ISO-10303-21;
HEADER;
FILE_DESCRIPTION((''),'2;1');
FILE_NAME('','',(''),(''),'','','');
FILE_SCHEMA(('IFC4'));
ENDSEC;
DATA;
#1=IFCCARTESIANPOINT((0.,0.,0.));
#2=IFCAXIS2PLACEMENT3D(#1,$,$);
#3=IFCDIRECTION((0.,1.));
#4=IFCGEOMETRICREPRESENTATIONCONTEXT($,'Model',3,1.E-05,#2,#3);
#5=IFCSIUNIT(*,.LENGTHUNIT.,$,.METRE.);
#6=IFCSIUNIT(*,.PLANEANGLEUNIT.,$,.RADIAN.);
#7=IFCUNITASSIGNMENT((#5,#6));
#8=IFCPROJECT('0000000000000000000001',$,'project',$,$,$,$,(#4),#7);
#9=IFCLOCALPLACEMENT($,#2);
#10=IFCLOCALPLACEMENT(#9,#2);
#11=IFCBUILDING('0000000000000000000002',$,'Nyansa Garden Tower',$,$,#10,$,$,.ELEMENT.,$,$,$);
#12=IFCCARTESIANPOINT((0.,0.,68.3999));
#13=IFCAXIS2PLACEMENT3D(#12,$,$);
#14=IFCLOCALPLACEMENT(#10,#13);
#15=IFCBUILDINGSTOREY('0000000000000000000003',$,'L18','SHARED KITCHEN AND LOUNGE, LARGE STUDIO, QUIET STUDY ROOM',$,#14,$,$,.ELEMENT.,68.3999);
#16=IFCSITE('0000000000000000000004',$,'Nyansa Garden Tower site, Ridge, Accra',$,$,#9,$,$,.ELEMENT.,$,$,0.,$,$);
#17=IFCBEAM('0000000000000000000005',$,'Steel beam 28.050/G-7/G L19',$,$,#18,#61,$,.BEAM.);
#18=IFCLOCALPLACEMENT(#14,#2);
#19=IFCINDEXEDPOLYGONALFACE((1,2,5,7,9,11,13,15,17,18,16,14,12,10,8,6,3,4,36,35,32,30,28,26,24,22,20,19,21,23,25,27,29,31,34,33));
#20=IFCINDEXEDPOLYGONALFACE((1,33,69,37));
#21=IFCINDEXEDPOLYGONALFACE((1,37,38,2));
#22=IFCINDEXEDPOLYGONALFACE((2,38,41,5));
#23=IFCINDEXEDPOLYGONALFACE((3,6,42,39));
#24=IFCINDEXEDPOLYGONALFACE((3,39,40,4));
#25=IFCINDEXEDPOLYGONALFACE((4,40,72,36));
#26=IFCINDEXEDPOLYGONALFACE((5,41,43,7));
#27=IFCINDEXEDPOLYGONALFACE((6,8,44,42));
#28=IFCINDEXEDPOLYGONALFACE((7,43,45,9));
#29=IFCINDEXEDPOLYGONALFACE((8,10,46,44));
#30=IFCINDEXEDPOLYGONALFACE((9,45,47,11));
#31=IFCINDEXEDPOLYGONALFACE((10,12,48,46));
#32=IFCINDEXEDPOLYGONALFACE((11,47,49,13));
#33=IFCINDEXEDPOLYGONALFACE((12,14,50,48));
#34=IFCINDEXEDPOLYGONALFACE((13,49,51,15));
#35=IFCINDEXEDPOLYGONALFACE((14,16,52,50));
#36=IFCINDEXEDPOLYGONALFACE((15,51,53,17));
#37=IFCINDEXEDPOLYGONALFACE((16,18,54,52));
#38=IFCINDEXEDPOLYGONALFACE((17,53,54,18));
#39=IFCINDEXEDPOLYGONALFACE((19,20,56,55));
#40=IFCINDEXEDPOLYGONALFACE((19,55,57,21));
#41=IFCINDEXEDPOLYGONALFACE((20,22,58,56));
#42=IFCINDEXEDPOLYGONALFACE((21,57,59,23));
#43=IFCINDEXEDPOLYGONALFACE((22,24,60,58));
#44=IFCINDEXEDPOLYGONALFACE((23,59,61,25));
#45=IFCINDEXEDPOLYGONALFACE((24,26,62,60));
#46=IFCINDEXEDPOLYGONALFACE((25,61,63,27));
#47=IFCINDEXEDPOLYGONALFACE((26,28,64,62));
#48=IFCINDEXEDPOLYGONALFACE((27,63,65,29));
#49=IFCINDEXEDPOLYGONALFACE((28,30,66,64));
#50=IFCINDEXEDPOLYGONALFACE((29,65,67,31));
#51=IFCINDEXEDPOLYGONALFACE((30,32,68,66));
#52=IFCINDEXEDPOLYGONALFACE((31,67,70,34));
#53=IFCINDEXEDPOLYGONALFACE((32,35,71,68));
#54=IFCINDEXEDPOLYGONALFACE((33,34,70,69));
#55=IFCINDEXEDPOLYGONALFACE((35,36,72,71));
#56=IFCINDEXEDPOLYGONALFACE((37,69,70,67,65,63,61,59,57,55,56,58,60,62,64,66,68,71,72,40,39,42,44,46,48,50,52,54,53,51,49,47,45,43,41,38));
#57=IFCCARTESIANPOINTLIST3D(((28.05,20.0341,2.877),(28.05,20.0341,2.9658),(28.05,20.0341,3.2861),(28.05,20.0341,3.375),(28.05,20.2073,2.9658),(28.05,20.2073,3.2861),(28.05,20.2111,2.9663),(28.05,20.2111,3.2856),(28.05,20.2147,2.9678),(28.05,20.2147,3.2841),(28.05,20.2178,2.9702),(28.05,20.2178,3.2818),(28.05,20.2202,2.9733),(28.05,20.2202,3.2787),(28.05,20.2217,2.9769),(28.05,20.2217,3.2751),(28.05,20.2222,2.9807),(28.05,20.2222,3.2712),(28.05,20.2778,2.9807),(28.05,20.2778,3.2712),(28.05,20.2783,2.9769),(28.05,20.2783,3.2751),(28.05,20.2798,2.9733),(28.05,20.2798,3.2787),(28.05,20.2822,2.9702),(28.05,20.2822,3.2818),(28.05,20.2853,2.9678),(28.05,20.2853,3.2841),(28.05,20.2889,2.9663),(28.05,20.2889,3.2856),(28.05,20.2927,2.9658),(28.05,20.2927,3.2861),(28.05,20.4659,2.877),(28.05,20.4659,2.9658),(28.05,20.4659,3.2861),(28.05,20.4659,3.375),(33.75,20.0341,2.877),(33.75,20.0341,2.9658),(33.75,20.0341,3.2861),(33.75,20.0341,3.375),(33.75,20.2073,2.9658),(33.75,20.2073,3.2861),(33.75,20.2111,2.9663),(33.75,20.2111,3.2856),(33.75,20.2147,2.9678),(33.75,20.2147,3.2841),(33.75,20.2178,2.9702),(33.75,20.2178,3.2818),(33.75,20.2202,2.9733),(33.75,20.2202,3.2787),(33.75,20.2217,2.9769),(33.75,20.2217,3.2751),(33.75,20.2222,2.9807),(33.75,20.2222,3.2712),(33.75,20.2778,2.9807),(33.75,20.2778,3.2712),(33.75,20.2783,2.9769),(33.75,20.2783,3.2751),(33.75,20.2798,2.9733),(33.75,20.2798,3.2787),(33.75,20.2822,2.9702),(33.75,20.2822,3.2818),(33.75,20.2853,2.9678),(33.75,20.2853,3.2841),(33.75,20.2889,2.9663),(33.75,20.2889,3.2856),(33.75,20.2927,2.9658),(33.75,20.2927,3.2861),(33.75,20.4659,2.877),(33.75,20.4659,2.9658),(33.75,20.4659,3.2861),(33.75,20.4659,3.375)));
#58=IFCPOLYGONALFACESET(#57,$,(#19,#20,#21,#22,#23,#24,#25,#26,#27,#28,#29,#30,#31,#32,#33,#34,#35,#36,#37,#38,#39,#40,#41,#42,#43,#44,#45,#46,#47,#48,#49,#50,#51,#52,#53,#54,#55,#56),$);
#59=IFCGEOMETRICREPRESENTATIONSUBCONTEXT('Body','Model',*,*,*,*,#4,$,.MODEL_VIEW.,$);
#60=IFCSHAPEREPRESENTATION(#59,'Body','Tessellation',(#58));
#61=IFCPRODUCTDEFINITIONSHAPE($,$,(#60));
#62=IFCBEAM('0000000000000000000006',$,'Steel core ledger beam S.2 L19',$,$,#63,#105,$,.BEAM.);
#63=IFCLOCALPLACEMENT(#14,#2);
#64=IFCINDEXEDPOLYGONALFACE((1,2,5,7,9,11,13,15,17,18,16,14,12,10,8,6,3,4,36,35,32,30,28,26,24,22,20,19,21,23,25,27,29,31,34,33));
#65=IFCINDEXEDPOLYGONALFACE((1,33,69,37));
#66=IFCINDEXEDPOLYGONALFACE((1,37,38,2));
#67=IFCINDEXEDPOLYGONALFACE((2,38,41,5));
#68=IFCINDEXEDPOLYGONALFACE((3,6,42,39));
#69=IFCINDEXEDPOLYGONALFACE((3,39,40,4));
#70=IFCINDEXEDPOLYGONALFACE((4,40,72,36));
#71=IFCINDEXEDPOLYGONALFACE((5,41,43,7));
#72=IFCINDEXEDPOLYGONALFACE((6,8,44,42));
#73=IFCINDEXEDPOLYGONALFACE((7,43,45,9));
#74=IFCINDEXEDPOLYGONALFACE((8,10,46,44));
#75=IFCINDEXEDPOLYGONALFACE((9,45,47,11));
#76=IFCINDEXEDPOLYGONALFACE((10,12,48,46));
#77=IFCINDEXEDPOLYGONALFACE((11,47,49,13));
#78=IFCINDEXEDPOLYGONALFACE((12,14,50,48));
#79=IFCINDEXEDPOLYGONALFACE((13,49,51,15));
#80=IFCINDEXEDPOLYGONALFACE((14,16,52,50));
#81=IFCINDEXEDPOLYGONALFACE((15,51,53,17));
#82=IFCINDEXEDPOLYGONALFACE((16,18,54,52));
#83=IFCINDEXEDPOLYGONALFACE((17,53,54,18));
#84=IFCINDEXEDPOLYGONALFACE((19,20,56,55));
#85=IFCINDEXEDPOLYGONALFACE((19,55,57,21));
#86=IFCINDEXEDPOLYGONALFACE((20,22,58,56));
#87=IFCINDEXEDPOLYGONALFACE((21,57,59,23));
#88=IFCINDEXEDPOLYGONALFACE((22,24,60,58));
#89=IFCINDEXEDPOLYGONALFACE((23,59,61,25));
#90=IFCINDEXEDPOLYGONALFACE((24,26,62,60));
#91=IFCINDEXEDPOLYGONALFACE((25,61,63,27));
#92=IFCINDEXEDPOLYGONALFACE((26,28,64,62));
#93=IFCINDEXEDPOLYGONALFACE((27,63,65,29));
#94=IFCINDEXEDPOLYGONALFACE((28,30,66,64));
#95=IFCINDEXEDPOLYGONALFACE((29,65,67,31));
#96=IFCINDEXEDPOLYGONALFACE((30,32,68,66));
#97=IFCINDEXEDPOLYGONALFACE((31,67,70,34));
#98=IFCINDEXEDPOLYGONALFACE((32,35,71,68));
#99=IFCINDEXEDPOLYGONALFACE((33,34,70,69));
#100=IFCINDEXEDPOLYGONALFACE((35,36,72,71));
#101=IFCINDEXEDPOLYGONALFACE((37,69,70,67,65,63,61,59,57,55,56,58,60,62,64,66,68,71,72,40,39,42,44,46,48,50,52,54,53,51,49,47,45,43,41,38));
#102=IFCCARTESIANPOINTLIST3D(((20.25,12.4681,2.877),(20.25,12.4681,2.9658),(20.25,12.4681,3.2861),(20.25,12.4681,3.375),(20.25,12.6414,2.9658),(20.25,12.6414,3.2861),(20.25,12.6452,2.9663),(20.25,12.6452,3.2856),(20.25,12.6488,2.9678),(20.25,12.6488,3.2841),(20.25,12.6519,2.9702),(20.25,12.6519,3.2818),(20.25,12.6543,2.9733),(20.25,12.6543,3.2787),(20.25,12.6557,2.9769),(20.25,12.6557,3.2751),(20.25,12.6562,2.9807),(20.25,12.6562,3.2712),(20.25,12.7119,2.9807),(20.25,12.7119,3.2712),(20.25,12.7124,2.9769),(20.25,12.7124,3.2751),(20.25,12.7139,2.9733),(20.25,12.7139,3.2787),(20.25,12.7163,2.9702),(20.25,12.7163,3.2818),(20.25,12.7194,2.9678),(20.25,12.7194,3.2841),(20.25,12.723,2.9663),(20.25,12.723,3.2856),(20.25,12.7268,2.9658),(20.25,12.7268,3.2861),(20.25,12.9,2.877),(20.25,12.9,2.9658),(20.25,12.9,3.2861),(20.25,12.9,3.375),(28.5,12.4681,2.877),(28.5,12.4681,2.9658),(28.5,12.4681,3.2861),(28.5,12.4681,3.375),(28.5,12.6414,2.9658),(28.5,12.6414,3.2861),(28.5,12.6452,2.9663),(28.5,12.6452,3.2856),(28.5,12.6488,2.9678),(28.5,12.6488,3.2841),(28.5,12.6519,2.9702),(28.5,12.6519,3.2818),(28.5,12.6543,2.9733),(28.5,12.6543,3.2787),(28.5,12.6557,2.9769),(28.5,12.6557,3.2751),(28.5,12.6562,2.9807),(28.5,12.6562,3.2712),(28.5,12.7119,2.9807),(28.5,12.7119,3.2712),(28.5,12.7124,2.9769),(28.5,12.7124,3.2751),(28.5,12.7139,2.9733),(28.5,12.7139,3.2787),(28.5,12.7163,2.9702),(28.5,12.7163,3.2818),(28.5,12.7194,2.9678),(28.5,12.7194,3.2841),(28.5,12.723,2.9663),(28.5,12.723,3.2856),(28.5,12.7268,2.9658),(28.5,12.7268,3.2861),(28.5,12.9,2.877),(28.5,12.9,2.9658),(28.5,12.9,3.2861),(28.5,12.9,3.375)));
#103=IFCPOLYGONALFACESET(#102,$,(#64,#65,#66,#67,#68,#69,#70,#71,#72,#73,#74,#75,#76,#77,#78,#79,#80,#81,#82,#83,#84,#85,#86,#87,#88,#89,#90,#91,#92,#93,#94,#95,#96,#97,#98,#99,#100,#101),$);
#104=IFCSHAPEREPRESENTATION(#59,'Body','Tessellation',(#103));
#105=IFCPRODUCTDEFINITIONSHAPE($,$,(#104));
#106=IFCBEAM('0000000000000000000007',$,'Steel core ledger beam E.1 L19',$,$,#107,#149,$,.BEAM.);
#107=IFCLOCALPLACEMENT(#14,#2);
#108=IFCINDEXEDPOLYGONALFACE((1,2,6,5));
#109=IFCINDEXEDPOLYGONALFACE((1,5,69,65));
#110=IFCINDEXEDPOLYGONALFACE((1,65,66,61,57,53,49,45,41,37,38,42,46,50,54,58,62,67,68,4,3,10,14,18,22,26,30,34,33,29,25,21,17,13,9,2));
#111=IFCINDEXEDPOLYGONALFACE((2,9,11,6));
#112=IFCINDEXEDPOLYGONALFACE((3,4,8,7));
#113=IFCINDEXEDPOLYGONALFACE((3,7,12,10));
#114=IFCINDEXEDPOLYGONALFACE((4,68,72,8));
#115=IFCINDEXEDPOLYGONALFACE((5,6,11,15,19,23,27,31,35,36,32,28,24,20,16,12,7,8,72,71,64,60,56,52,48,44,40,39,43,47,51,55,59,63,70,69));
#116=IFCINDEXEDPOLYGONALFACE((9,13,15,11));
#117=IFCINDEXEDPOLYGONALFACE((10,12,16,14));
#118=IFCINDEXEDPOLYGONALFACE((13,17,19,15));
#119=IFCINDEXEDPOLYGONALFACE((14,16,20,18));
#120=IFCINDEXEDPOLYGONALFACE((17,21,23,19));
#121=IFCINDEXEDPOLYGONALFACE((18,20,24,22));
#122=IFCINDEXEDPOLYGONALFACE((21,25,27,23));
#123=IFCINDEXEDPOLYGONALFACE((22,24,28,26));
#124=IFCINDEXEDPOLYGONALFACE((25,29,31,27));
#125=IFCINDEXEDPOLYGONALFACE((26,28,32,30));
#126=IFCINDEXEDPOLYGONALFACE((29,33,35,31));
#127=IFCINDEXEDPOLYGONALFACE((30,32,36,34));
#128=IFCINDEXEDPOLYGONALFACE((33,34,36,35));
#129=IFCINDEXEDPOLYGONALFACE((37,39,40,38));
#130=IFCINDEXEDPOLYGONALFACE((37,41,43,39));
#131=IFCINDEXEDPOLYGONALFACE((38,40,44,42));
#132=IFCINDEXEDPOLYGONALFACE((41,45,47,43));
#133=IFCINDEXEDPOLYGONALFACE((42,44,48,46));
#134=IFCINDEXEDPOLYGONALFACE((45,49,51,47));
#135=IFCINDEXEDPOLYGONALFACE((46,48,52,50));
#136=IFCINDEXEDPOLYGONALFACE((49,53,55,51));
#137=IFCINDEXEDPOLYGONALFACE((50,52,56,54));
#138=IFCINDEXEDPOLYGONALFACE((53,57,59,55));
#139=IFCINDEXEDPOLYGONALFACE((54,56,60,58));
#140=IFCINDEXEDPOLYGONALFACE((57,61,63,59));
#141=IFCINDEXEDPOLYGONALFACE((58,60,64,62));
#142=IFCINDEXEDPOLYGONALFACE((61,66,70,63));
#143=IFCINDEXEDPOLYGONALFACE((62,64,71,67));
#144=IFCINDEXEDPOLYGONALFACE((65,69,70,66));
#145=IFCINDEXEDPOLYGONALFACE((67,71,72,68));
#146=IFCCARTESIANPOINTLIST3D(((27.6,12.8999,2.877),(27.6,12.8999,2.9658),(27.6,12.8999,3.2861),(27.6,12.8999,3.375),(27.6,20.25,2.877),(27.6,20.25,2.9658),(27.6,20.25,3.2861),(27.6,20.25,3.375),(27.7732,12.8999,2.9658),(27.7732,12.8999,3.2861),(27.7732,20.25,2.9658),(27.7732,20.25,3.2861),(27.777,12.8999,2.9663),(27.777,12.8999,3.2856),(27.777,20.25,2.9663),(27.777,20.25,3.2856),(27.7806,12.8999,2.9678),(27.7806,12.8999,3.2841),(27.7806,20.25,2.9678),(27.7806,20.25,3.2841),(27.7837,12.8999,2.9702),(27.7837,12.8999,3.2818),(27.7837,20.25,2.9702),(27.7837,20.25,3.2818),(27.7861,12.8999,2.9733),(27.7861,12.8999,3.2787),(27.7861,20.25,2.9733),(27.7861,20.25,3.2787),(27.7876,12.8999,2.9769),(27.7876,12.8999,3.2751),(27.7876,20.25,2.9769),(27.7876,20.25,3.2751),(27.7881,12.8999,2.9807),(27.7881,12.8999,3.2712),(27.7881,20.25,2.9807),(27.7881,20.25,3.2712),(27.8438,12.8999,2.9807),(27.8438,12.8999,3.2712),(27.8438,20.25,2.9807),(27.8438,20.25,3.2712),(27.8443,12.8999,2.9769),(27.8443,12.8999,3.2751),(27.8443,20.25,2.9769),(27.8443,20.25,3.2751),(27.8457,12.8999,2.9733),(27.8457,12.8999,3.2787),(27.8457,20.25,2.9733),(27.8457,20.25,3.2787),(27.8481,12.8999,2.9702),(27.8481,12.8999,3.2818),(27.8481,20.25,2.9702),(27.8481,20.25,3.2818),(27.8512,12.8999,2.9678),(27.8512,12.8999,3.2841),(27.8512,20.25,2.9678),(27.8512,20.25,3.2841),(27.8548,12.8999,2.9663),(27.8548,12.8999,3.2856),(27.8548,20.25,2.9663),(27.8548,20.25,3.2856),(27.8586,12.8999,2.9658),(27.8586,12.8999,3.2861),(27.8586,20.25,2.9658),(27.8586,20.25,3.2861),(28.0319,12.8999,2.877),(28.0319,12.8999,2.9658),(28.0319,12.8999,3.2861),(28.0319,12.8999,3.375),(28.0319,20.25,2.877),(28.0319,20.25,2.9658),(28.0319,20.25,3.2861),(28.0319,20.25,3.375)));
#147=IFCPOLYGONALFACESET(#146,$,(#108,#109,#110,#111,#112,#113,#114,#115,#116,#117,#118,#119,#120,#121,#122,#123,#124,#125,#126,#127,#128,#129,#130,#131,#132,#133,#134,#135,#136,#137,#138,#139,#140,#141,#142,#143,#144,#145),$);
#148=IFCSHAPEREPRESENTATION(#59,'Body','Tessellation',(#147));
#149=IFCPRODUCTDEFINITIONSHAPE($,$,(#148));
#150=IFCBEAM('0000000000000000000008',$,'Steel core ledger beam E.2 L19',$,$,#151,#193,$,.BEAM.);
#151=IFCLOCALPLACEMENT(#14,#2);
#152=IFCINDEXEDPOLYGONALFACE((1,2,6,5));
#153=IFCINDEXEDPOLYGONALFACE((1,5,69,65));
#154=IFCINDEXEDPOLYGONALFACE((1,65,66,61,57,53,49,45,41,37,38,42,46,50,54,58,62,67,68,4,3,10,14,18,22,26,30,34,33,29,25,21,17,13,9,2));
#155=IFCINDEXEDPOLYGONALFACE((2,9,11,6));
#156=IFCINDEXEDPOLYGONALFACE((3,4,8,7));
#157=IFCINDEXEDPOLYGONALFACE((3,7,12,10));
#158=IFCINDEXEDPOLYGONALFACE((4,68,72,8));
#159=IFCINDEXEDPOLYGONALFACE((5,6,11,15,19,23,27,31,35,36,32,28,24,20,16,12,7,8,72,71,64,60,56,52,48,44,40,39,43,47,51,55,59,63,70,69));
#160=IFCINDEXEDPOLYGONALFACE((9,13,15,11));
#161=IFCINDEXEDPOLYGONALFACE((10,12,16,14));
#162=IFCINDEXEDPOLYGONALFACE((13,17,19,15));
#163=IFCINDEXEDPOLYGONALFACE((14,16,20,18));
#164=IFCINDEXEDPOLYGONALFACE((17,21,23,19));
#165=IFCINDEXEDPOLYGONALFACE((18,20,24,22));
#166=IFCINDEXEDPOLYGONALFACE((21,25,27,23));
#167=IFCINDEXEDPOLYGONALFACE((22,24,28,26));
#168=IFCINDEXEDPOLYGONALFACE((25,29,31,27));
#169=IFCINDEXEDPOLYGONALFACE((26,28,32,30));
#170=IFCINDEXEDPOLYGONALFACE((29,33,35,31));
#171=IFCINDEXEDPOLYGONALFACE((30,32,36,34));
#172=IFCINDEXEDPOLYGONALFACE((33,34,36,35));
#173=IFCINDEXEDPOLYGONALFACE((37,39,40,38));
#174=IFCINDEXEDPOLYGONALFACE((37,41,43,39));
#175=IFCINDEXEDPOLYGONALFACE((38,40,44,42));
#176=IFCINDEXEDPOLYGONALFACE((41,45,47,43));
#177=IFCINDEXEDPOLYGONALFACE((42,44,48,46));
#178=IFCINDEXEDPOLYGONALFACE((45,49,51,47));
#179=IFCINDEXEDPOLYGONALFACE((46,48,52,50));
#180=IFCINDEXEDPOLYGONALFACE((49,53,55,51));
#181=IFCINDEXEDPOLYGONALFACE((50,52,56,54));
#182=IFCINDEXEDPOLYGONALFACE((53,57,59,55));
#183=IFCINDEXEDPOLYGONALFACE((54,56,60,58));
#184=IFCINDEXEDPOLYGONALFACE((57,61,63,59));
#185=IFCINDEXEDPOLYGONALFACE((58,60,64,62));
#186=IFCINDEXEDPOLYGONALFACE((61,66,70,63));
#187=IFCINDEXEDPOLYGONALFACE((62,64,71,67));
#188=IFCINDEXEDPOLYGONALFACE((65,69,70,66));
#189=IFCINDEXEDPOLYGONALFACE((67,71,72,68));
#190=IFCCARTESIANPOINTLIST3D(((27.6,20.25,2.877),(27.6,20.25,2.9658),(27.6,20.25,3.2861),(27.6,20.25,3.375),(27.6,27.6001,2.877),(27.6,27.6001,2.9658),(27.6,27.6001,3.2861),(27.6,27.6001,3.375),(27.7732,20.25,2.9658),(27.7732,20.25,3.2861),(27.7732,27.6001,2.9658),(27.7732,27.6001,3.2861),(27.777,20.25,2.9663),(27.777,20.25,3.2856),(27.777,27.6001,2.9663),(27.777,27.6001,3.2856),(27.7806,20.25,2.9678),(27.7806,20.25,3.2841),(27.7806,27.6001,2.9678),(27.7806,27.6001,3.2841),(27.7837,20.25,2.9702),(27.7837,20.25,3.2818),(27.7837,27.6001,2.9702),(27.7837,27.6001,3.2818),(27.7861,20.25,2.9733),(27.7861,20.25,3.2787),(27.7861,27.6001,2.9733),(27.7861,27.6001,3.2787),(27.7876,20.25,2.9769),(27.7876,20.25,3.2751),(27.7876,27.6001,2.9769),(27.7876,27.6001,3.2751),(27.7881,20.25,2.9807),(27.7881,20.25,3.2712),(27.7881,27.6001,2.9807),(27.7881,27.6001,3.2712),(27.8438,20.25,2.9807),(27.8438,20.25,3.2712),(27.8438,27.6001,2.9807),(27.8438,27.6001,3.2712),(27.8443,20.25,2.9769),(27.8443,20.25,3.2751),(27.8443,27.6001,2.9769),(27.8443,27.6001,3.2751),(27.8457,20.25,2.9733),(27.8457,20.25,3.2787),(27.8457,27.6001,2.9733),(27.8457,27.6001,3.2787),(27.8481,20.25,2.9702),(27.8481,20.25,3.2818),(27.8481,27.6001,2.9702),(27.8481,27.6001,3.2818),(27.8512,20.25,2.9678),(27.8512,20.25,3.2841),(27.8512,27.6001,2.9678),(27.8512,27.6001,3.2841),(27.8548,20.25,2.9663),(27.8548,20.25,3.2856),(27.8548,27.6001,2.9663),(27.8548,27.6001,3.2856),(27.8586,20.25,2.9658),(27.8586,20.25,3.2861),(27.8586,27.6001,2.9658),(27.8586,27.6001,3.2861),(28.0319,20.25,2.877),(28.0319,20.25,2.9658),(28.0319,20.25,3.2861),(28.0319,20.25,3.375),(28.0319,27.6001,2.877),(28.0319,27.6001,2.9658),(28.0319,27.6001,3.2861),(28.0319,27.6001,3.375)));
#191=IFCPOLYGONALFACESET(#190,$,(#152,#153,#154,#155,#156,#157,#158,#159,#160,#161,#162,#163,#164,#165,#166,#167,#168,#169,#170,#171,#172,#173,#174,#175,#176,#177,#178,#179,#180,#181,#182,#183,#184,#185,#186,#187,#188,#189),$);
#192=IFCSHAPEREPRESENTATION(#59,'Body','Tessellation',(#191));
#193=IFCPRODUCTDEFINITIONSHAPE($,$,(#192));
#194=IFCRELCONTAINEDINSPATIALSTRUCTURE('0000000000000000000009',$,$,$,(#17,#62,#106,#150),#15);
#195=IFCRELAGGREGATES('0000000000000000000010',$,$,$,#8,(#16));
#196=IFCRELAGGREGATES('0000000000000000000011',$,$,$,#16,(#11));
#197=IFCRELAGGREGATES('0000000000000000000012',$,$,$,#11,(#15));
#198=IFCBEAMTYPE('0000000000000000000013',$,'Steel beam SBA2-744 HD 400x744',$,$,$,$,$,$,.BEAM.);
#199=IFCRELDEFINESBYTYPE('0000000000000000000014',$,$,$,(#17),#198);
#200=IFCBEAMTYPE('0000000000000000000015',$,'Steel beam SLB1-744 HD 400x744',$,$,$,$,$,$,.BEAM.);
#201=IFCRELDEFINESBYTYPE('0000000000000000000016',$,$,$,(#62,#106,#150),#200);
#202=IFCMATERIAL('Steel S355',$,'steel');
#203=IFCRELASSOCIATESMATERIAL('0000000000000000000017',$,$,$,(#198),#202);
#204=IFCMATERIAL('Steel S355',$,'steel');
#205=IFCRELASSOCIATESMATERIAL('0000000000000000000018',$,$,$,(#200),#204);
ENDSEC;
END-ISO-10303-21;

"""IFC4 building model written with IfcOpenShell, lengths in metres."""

from ifc_helpers import new_model, si_unit, direction, frame, origin, origin_2d, place, context, subcontext, project, spatial, i_section, extrude, material, material_profile, profile_set, type_object, element, save


model = new_model("IFC4")

# Units and contexts
model_context = context("Model", 3, precision=1e-05, world=origin(), true_north=direction((0.0, 1.0)))
body_context = subcontext(model_context, "Body", "Model", "MODEL_VIEW")
ifc_project = project(units=[si_unit("LENGTHUNIT", "METRE"), si_unit("PLANEANGLEUNIT", "RADIAN")], contexts=[model_context])

# Site, building, storey
site_placement = place(None, origin())
site = spatial("IfcSite", under=ifc_project, at=site_placement, Name="Nyansa Garden Tower site, Ridge, Accra", CompositionType="ELEMENT", RefElevation=0.0)
building_placement = place(site_placement, origin())
building = spatial("IfcBuilding", under=site, at=building_placement, Name="Nyansa Garden Tower", CompositionType="ELEMENT")
storey_placement = place(building_placement, frame((0.0, 0.0, 68.3999)))
storey = spatial("IfcBuildingStorey", under=building, at=storey_placement, Name="L18", Description="SHARED KITCHEN AND LOUNGE, LARGE STUDIO, QUIET STUDY ROOM", CompositionType="ELEMENT", Elevation=68.3999)

# Beams
ifc_material_1 = material(Name="Steel S355", Category="steel")
ifc_material_profile_1 = material_profile(ifc_material_1, i_section(OverallWidth=0.4319, OverallDepth=0.498, WebThickness=0.0557, FlangeThickness=0.0889, FilletRadius=0.0149, at=origin_2d()), Name="HD 400x744")
ifc_profile_set_1 = profile_set([ifc_material_profile_1], Name="Steel S355")
beam_type_1 = type_object("IfcBeamType", Name="Steel beam SBA2-744 HD 400x744", PredefinedType="BEAM", material=ifc_profile_set_1)
for number, where, z_axis, x_axis, name in (
    (1, (28.05, 20.25, 3.126), (1.0, 0.0, 0.0), (0.0, 1.0, 0.0), "Steel beam 28.050/G-7/G L19"),
):
    element("IfcBeam", number, at=place(storey_placement, frame(where, z_axis=z_axis, x_axis=x_axis)), inside=storey, type_object=beam_type_1, Name=name, PredefinedType="BEAM", context=body_context, shape_type="SweptSolid", body=[
        extrude(i_section(OverallWidth=0.4319, OverallDepth=0.498, WebThickness=0.0557, FlangeThickness=0.0889, FilletRadius=0.0149, at=origin_2d()), origin(), (0.0, 0.0, 1.0), 5.7),
    ])
ifc_material_2 = material(Name="Steel S355", Category="steel")
ifc_material_profile_2 = material_profile(ifc_material_2, i_section(OverallWidth=0.4319, OverallDepth=0.498, WebThickness=0.0557, FlangeThickness=0.0889, FilletRadius=0.0149, at=origin_2d()), Name="HD 400x744")
ifc_profile_set_2 = profile_set([ifc_material_profile_2], Name="Steel S355")
beam_type_2 = type_object("IfcBeamType", Name="Steel beam SLB1-744 HD 400x744", PredefinedType="BEAM", material=ifc_profile_set_2)
beam_placement = place(storey_placement, frame((20.25, 12.6841, 3.126), z_axis=(1.0, 0.0, 0.0), x_axis=(0.0, 1.0, 0.0)))
element("IfcBeam", 2, at=beam_placement, inside=storey, type_object=beam_type_2, Name="Steel core ledger beam S.2 L19", PredefinedType="BEAM", context=body_context, shape_type="SweptSolid", body=[
    extrude(i_section(OverallWidth=0.4319, OverallDepth=0.498, WebThickness=0.0557, FlangeThickness=0.0889, FilletRadius=0.0149, at=origin_2d()), origin(), (0.0, 0.0, 1.0), 8.25),
])
for number, where, z_axis, x_axis, name in (
    (3, (27.8159, 12.8999, 3.126), (0.0, 1.0, 0.0), (-1.0, 0.0, 0.0), "Steel core ledger beam E.1 L19"),
    (4, (27.8159, 20.25, 3.126), (0.0, 1.0, 0.0), (-1.0, 0.0, 0.0), "Steel core ledger beam E.2 L19"),
):
    element("IfcBeam", number, at=place(storey_placement, frame(where, z_axis=z_axis, x_axis=x_axis)), inside=storey, type_object=beam_type_2, Name=name, PredefinedType="BEAM", context=body_context, shape_type="SweptSolid", body=[
        extrude(i_section(OverallWidth=0.4319, OverallDepth=0.498, WebThickness=0.0557, FlangeThickness=0.0889, FilletRadius=0.0149, at=origin_2d()), origin(), (0.0, 0.0, 1.0), 7.3501),
    ])

save(model, "model.ifc")
